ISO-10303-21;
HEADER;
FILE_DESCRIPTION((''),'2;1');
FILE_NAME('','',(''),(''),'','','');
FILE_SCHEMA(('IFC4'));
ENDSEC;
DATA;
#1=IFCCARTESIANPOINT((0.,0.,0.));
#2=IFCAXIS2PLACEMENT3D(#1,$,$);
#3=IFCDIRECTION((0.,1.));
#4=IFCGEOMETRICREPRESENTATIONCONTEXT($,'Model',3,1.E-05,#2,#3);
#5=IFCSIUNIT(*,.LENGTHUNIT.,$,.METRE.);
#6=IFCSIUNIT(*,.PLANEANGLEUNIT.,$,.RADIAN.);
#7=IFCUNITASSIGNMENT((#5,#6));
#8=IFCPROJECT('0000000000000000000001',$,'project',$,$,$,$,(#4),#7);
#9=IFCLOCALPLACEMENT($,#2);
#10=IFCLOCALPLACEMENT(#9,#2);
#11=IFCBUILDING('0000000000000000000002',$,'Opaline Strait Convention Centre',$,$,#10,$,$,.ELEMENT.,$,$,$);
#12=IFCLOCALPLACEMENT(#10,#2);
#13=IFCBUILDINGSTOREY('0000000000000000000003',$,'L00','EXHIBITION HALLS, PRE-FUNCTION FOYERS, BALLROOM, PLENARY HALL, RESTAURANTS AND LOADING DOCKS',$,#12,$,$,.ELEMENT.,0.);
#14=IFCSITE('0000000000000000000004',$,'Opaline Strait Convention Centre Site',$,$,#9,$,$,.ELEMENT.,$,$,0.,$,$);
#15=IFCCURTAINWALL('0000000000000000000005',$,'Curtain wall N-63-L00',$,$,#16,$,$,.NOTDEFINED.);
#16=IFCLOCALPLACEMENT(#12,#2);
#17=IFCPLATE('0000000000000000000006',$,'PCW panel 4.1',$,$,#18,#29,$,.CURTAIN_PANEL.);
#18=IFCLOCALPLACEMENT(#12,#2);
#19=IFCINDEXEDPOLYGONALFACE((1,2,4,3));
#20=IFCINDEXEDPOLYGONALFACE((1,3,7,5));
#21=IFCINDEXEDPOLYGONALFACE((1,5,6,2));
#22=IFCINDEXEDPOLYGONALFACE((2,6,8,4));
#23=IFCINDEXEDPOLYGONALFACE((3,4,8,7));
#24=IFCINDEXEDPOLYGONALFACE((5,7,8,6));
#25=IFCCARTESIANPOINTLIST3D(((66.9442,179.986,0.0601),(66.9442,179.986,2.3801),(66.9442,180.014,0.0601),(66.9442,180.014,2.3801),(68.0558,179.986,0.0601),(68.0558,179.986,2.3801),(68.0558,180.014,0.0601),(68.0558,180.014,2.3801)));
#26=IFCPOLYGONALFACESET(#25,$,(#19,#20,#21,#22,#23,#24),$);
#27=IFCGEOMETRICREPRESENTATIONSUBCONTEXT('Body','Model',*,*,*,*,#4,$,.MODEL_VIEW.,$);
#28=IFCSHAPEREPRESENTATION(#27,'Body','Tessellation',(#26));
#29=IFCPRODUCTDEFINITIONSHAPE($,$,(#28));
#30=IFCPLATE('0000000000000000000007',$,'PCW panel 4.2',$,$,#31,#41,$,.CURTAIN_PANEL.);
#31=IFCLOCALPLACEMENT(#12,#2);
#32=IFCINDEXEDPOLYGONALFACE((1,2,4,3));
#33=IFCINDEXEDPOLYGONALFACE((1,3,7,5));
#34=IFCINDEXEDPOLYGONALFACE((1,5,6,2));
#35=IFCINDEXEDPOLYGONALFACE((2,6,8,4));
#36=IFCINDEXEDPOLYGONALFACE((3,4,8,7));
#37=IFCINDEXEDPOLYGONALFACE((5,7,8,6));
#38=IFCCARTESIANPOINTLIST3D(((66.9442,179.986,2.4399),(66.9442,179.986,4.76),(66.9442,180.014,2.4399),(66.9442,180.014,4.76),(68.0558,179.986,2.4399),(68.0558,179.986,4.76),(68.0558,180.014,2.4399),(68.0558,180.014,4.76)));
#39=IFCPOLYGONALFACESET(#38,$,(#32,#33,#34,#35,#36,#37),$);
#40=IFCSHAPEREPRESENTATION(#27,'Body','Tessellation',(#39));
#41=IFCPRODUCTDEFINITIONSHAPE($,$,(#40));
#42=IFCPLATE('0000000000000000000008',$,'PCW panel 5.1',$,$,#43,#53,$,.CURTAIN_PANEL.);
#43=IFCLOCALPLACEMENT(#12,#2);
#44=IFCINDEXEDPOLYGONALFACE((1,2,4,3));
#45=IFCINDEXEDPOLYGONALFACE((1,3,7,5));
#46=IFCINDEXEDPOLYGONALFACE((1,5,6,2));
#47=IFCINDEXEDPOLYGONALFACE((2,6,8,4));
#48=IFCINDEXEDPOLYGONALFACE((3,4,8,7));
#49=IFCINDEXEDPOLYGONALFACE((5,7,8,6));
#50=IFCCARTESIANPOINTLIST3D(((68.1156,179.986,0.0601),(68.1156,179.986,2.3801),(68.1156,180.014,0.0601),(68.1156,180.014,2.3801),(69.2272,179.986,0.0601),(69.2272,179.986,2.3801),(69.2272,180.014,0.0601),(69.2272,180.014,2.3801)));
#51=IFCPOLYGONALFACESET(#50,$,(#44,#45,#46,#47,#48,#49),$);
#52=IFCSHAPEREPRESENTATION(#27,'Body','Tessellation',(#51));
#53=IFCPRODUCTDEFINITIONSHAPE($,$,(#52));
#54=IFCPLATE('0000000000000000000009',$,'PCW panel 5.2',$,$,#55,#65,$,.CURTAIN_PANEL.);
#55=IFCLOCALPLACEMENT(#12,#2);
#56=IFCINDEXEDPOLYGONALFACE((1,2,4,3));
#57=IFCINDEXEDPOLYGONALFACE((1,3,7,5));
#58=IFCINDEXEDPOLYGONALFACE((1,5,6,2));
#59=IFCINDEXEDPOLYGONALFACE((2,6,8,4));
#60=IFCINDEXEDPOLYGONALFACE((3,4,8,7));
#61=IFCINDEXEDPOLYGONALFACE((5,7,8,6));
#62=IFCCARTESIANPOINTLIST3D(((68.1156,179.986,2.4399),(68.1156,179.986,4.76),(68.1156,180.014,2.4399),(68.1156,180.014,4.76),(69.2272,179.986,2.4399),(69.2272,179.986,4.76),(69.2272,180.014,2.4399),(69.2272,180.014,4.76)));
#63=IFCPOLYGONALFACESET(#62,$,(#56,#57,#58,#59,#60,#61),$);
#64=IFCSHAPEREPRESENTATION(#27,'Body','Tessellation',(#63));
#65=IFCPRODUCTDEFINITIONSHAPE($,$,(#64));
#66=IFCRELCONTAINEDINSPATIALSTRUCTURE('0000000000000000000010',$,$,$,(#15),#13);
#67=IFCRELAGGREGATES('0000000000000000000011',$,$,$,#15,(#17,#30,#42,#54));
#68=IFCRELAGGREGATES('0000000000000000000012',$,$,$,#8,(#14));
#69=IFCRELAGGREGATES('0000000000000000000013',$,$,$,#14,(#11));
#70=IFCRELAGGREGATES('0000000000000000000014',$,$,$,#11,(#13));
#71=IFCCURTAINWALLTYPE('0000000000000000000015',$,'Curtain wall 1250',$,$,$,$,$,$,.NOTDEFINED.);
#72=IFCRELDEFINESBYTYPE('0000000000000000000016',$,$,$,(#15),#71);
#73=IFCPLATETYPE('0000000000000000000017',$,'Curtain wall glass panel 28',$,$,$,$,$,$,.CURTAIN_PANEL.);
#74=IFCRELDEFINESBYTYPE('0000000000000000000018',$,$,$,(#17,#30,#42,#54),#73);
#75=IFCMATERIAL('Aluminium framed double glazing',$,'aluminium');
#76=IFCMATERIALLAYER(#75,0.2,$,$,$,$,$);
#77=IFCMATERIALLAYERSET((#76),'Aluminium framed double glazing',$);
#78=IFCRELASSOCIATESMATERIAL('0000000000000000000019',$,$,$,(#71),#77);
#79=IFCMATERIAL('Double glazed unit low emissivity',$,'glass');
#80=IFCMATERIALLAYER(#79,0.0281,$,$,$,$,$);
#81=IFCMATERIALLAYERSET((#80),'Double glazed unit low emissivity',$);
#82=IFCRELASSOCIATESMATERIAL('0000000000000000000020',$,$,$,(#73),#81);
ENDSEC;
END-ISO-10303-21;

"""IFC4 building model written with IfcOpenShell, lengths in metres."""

from ifc_helpers import new_model, si_unit, direction, frame, origin, origin_2d, place, context, subcontext, project, spatial, rectangle, extrude, material, layer, layer_set, type_object, element, aggregate, save


model = new_model("IFC4")

# Units and contexts
model_context = context("Model", 3, precision=1e-05, world=origin(), true_north=direction((0.0, 1.0)))
body_context = subcontext(model_context, "Body", "Model", "MODEL_VIEW")
ifc_project = project(units=[si_unit("LENGTHUNIT", "METRE"), si_unit("PLANEANGLEUNIT", "RADIAN")], contexts=[model_context])

# Site, building, storey
site_placement = place(None, origin())
site = spatial("IfcSite", under=ifc_project, at=site_placement, Name="Opaline Strait Convention Centre Site", CompositionType="ELEMENT", RefElevation=0.0)
building_placement = place(site_placement, origin())
building = spatial("IfcBuilding", under=site, at=building_placement, Name="Opaline Strait Convention Centre", CompositionType="ELEMENT")
storey_placement = place(building_placement, origin())
storey = spatial("IfcBuildingStorey", under=building, at=storey_placement, Name="L00", Description="EXHIBITION HALLS, PRE-FUNCTION FOYERS, BALLROOM, PLENARY HALL, RESTAURANTS AND LOADING DOCKS", CompositionType="ELEMENT", Elevation=0.0)

# Curtain wall, plates
ifc_material_1 = material(Name="Aluminium framed double glazing", Category="aluminium")
ifc_layer_1 = layer(ifc_material_1, 0.2)
ifc_layer_set_1 = layer_set([ifc_layer_1], Name="Aluminium framed double glazing")
curtain_wall_type = type_object("IfcCurtainWallType", Name="Curtain wall 1250", PredefinedType="NOTDEFINED", material=ifc_layer_set_1)
curtain_wall_placement = place(storey_placement, origin())
curtain_wall = element("IfcCurtainWall", 1, at=curtain_wall_placement, inside=storey, type_object=curtain_wall_type, Name="Curtain wall N-63-L00", PredefinedType="NOTDEFINED")
ifc_material_2 = material(Name="Double glazed unit low emissivity", Category="glass")
ifc_layer_2 = layer(ifc_material_2, 0.0281)
ifc_layer_set_2 = layer_set([ifc_layer_2], Name="Double glazed unit low emissivity")
plate_type = type_object("IfcPlateType", Name="Curtain wall glass panel 28", PredefinedType="CURTAIN_PANEL", material=ifc_layer_set_2)
plate_1_placement = place(storey_placement, frame((67.5, 180.0, 0.0601), z_axis=(0.0, 0.0, 1.0), x_axis=(1.0, 0.0, 0.0)))
plate_1 = element("IfcPlate", 2, at=plate_1_placement, type_object=plate_type, Name="PCW panel 4.1", PredefinedType="CURTAIN_PANEL", context=body_context, shape_type="SweptSolid", body=[
    extrude(rectangle(XDim=1.1116, YDim=0.0281, at=origin_2d()), origin(), (0.0, 0.0, 1.0), 2.3201),
])
plate_2_placement = place(storey_placement, frame((67.5, 180.0, 2.4399), z_axis=(0.0, 0.0, 1.0), x_axis=(1.0, 0.0, 0.0)))
plate_2 = element("IfcPlate", 3, at=plate_2_placement, type_object=plate_type, Name="PCW panel 4.2", PredefinedType="CURTAIN_PANEL", context=body_context, shape_type="SweptSolid", body=[
    extrude(rectangle(XDim=1.1116, YDim=0.0281, at=origin_2d()), origin(), (0.0, 0.0, 1.0), 2.3201),
])
plate_3_placement = place(storey_placement, frame((68.6714, 180.0, 0.0601), z_axis=(0.0, 0.0, 1.0), x_axis=(1.0, 0.0, 0.0)))
plate_3 = element("IfcPlate", 4, at=plate_3_placement, type_object=plate_type, Name="PCW panel 5.1", PredefinedType="CURTAIN_PANEL", context=body_context, shape_type="SweptSolid", body=[
    extrude(rectangle(XDim=1.1116, YDim=0.0281, at=origin_2d()), origin(), (0.0, 0.0, 1.0), 2.3201),
])
plate_4_placement = place(storey_placement, frame((68.6714, 180.0, 2.4399), z_axis=(0.0, 0.0, 1.0), x_axis=(1.0, 0.0, 0.0)))
plate_4 = element("IfcPlate", 5, at=plate_4_placement, type_object=plate_type, Name="PCW panel 5.2", PredefinedType="CURTAIN_PANEL", context=body_context, shape_type="SweptSolid", body=[
    extrude(rectangle(XDim=1.1116, YDim=0.0281, at=origin_2d()), origin(), (0.0, 0.0, 1.0), 2.3201),
])
aggregate(curtain_wall, [plate_1, plate_2, plate_3, plate_4])

save(model, "model.ifc")
